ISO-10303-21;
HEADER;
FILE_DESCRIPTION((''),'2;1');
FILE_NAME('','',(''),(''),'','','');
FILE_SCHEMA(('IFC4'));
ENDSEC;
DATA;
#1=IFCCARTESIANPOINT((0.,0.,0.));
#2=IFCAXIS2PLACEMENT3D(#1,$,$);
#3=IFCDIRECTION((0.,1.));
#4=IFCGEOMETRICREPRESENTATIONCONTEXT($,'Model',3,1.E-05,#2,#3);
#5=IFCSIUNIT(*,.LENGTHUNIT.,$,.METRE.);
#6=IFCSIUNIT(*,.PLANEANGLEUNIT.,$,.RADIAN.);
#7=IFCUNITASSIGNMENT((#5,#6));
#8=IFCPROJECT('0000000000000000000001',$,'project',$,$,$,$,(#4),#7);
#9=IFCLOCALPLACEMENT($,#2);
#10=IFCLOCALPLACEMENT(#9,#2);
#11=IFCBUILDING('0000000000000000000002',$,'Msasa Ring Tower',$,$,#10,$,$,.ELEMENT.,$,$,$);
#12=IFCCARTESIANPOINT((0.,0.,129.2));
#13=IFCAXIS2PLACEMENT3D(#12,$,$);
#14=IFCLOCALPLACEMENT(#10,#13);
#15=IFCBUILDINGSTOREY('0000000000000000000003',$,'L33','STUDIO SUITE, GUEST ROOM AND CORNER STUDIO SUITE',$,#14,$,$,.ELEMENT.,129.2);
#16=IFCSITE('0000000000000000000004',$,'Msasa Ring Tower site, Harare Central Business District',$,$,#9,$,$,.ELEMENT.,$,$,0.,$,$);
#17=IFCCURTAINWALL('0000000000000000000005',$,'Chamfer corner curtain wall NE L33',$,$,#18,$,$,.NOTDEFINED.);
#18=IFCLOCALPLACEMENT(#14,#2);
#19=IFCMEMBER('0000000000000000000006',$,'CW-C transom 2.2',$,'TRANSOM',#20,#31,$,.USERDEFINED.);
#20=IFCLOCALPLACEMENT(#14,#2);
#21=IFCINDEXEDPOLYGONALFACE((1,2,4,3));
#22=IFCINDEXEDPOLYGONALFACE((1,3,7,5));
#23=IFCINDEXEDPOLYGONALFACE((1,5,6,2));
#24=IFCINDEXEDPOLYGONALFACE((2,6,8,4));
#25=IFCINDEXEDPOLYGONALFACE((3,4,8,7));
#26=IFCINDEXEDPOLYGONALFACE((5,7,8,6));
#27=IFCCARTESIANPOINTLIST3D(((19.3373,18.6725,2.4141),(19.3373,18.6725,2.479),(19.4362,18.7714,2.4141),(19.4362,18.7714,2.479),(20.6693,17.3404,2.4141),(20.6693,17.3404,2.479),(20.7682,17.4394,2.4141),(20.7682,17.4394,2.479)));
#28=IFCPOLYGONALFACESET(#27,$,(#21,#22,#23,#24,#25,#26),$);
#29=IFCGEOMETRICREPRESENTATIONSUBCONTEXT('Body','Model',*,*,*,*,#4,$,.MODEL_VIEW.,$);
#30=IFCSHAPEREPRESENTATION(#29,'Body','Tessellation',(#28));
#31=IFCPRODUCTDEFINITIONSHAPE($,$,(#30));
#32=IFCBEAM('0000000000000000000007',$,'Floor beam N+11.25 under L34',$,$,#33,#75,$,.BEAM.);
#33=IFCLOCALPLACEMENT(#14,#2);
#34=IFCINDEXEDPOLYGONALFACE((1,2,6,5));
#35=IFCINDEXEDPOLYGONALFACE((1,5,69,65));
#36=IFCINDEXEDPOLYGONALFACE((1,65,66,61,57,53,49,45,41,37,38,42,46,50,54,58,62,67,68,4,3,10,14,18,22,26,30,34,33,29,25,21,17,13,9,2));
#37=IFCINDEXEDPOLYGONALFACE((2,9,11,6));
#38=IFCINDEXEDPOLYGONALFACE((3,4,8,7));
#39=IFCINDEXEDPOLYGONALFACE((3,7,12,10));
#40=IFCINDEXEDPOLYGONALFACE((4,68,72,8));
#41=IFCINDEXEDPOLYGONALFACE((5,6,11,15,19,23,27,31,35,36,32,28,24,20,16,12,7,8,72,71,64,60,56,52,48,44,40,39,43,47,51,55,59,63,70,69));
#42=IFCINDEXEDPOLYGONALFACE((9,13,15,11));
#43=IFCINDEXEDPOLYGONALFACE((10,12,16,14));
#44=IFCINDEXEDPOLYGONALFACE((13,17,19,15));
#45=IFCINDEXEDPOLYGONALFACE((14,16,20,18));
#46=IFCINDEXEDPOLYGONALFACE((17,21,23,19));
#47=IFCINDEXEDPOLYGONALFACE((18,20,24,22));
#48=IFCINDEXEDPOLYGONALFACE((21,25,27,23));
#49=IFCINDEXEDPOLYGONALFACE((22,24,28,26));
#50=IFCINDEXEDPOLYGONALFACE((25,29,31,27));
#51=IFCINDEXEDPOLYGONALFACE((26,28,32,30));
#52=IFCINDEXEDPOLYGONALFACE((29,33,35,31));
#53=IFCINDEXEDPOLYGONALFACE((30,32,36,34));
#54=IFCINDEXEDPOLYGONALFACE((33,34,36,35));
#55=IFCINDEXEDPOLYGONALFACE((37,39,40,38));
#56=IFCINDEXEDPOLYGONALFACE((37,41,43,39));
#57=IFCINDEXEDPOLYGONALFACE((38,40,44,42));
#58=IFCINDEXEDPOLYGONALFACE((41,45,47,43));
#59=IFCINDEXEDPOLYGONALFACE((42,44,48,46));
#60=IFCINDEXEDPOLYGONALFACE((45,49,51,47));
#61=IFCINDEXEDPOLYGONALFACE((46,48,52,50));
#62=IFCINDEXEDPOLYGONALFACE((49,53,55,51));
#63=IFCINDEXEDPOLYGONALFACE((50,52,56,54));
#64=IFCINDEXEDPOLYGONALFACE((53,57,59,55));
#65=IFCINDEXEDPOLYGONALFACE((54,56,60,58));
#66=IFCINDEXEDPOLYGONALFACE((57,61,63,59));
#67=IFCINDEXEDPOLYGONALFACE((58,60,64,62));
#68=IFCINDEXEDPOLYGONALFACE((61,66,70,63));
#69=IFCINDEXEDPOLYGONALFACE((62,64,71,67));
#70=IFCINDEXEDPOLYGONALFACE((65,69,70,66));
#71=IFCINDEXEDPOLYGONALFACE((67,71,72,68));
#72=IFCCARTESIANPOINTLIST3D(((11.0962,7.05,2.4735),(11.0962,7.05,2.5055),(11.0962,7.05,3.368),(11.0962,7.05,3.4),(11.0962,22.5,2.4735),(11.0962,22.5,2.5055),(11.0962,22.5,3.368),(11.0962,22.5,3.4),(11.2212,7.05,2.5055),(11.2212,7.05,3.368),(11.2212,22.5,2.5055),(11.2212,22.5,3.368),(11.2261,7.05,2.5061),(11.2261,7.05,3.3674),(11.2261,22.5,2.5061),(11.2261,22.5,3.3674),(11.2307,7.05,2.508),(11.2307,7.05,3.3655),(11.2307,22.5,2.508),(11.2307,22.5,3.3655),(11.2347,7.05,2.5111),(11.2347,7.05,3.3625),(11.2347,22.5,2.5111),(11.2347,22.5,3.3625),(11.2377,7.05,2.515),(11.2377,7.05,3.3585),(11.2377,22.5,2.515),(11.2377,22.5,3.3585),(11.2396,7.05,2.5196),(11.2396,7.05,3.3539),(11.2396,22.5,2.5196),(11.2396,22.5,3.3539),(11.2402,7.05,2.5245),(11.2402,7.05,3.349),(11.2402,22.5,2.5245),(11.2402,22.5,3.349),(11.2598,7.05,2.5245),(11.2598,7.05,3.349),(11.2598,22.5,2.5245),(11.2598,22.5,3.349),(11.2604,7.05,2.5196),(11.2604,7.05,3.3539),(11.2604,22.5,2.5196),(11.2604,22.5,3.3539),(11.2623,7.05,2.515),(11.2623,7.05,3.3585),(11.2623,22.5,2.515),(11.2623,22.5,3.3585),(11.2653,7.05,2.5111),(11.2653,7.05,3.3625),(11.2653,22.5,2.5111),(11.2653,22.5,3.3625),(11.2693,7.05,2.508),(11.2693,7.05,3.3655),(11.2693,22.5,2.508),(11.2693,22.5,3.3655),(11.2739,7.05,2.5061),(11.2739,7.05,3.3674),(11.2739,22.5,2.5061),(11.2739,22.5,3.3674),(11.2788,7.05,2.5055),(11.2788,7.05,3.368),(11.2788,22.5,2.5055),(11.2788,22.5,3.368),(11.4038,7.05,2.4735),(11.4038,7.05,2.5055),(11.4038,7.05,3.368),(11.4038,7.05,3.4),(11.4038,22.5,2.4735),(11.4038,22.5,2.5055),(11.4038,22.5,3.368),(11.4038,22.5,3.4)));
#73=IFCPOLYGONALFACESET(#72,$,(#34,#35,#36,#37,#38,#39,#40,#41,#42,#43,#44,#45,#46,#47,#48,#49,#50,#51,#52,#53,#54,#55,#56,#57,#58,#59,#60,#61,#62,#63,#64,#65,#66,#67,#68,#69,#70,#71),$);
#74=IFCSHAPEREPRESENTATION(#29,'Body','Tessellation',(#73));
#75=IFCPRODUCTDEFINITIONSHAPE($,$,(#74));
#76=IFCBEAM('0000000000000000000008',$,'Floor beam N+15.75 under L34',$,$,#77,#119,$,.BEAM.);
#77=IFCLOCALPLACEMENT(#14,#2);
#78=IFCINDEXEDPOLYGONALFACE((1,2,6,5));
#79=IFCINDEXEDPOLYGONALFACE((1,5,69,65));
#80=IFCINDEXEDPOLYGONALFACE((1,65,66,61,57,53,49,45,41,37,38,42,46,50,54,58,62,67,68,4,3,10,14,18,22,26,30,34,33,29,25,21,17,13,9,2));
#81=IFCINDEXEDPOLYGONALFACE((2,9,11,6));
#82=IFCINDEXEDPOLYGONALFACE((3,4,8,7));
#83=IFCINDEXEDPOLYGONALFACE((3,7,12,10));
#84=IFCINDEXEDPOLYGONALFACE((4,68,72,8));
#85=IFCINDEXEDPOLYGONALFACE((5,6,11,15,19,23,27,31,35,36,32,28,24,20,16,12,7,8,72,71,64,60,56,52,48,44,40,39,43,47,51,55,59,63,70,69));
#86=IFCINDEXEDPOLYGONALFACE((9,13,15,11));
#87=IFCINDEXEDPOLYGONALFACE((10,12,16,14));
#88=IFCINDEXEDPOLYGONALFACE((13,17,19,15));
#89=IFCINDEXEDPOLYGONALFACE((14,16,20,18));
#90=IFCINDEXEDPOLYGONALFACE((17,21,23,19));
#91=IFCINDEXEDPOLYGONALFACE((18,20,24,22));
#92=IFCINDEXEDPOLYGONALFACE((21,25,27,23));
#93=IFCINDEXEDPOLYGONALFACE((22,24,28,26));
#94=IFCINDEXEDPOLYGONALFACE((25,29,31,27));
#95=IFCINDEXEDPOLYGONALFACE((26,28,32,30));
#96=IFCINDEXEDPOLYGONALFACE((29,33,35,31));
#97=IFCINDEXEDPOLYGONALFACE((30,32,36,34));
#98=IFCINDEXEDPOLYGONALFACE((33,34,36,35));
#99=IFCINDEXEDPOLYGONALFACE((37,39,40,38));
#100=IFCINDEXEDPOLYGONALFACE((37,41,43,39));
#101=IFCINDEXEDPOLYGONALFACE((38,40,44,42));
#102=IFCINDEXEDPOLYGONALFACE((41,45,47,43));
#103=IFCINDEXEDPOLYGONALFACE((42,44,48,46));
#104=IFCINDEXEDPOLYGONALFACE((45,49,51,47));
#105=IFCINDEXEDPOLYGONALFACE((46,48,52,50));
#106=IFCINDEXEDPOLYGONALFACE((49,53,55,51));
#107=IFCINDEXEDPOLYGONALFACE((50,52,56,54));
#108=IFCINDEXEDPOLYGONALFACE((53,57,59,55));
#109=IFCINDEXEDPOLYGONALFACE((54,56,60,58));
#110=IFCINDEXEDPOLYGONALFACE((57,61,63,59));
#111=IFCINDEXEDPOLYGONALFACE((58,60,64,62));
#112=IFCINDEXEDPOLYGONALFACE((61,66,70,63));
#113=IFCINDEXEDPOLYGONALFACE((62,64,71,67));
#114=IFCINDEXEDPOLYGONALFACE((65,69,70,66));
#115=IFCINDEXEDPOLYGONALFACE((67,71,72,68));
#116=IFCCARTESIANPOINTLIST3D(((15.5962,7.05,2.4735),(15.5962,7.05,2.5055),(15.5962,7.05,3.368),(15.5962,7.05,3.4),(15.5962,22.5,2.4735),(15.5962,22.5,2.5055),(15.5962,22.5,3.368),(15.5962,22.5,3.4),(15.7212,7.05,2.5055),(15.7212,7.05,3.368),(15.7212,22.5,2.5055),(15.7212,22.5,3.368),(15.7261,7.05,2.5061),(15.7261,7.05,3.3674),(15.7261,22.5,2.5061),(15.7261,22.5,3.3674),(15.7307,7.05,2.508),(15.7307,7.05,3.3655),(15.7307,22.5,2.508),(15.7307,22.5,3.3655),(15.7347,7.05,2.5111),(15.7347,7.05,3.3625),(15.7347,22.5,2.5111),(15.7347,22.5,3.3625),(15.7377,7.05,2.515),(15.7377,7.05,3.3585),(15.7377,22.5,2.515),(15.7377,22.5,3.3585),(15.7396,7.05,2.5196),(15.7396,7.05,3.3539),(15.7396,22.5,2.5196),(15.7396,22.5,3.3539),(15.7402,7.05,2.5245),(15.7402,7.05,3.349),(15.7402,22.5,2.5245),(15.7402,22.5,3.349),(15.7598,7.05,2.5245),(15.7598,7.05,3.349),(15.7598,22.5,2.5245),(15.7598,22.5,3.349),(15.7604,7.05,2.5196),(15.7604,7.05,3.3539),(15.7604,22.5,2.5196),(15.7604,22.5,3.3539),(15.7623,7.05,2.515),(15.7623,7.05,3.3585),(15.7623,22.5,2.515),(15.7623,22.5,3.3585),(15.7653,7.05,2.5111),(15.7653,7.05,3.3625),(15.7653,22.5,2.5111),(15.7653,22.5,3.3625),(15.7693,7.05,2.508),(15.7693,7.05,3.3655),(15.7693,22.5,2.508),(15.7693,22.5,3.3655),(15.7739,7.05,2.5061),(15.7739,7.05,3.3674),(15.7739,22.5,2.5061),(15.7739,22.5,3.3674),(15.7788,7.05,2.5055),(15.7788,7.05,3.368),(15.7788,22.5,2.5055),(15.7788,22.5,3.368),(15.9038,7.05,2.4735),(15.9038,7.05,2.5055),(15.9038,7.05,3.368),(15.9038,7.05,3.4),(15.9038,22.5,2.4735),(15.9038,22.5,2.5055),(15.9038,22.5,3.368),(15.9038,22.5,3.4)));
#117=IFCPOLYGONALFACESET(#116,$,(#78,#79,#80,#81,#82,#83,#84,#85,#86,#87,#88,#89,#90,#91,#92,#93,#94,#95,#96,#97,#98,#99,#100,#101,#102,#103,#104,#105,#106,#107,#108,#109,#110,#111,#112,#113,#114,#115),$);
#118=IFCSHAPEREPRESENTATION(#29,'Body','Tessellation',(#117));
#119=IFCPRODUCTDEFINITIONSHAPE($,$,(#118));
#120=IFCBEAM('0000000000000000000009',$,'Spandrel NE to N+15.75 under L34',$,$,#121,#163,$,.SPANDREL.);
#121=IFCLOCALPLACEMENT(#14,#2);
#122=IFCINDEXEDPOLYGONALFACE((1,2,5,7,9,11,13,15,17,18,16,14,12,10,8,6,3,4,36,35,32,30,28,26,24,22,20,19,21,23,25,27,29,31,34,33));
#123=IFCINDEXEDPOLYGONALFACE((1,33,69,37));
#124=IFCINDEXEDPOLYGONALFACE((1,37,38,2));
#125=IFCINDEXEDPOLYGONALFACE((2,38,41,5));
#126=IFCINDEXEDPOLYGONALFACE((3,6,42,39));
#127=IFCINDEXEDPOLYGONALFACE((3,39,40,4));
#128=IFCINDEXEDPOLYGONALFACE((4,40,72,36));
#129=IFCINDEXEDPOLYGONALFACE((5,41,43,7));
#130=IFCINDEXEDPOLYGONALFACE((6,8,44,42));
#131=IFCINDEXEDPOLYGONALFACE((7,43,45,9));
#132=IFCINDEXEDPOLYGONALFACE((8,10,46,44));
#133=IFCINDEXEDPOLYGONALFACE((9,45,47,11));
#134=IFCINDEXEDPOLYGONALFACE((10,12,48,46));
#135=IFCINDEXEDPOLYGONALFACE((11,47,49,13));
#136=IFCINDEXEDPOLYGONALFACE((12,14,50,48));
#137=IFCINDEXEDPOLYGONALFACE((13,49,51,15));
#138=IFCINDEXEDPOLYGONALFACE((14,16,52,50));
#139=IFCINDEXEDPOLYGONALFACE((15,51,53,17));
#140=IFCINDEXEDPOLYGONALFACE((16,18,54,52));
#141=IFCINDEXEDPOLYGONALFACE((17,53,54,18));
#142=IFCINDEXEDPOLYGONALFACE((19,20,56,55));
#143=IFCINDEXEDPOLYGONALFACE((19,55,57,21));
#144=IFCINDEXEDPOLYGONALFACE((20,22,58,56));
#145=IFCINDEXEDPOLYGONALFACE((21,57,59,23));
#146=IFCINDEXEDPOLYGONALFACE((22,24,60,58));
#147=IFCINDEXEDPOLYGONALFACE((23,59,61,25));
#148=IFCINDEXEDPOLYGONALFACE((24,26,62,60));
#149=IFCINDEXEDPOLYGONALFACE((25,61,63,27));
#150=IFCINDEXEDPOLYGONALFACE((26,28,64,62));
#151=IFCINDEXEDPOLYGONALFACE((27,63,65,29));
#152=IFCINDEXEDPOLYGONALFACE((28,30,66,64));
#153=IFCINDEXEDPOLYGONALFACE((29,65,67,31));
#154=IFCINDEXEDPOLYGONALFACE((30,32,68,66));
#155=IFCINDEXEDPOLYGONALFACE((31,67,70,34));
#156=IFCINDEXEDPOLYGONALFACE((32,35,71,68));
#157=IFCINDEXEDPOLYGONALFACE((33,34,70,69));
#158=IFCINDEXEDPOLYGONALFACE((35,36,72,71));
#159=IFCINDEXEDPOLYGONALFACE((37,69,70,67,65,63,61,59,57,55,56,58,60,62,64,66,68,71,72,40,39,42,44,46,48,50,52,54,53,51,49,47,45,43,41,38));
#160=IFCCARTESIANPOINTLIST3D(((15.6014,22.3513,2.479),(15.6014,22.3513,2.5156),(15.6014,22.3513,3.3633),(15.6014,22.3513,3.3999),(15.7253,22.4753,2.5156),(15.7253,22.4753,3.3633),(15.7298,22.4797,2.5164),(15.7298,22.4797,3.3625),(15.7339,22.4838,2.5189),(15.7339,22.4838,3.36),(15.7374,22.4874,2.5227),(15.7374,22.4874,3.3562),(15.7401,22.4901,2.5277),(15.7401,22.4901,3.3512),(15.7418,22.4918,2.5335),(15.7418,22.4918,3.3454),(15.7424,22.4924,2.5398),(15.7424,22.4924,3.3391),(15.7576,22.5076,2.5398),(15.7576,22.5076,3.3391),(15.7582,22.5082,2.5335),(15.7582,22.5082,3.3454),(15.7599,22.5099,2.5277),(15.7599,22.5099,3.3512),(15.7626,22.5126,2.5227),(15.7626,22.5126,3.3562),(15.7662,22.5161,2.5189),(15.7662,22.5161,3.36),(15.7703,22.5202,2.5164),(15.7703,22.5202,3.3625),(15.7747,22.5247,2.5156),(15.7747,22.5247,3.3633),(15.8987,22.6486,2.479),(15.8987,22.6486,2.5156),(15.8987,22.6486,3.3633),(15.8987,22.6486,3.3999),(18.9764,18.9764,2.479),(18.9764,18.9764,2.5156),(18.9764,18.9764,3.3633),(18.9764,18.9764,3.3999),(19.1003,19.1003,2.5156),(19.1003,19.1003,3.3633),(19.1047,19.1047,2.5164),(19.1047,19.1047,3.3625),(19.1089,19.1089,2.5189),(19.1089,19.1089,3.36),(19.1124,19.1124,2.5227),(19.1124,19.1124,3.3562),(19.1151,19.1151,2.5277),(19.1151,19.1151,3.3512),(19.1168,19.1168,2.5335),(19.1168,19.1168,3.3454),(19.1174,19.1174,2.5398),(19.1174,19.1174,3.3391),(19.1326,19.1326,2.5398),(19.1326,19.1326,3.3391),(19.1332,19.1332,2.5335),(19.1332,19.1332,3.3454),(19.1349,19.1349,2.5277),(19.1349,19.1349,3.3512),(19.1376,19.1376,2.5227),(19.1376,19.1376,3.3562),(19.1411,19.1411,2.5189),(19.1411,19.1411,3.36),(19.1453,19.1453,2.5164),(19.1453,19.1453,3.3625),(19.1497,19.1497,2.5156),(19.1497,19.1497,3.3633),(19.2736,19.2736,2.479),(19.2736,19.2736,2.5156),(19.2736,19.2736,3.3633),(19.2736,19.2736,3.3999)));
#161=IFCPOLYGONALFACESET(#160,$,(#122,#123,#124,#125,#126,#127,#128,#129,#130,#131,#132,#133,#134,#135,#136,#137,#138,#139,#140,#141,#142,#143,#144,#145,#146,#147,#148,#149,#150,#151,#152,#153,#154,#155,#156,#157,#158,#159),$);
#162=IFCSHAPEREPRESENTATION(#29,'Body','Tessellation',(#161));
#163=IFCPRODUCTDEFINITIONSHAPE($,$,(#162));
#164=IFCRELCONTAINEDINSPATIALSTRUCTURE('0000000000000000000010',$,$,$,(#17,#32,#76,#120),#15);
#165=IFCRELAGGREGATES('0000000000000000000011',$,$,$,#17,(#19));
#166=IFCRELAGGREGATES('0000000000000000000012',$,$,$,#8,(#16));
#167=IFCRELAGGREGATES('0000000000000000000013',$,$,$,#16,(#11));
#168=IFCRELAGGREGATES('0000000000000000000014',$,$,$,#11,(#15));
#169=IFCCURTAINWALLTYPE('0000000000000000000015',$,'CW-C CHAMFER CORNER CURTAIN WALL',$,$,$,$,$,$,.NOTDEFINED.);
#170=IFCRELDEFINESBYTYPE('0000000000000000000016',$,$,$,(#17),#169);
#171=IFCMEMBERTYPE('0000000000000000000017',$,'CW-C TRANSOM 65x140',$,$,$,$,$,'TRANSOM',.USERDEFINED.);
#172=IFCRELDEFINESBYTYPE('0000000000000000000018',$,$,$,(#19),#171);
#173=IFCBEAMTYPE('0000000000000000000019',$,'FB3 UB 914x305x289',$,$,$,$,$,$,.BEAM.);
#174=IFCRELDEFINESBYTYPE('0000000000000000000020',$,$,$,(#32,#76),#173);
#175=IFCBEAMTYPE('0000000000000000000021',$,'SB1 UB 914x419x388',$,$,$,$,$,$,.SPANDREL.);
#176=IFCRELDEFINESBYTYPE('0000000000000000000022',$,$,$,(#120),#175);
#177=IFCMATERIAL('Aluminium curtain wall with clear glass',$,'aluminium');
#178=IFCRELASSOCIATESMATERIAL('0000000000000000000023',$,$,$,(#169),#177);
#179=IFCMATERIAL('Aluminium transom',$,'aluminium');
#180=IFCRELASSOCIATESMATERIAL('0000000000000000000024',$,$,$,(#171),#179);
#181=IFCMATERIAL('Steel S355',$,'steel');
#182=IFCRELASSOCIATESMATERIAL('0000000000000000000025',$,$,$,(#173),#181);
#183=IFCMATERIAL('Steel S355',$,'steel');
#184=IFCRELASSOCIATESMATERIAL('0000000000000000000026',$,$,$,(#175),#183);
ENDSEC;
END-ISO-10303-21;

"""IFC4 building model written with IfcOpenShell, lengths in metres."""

from ifc_helpers import new_model, si_unit, direction, frame, origin, origin_2d, place, context, subcontext, project, spatial, rectangle, i_section, extrude, material, material_profile, profile_set, type_object, element, aggregate, save


model = new_model("IFC4")

# Units and contexts
model_context = context("Model", 3, precision=1e-05, world=origin(), true_north=direction((0.0, 1.0)))
body_context = subcontext(model_context, "Body", "Model", "MODEL_VIEW")
ifc_project = project(units=[si_unit("LENGTHUNIT", "METRE"), si_unit("PLANEANGLEUNIT", "RADIAN")], contexts=[model_context])

# Site, building, storey
site_placement = place(None, origin())
site = spatial("IfcSite", under=ifc_project, at=site_placement, Name="Msasa Ring Tower site, Harare Central Business District", CompositionType="ELEMENT", RefElevation=0.0)
building_placement = place(site_placement, origin())
building = spatial("IfcBuilding", under=site, at=building_placement, Name="Msasa Ring Tower", CompositionType="ELEMENT")
storey_placement = place(building_placement, frame((0.0, 0.0, 129.2)))
storey = spatial("IfcBuildingStorey", under=building, at=storey_placement, Name="L33", Description="STUDIO SUITE, GUEST ROOM AND CORNER STUDIO SUITE", CompositionType="ELEMENT", Elevation=129.2)

# Curtain wall
ifc_material_1 = material(Name="Aluminium curtain wall with clear glass", Category="aluminium")
curtain_wall_type = type_object("IfcCurtainWallType", Name="CW-C CHAMFER CORNER CURTAIN WALL", PredefinedType="NOTDEFINED", material=ifc_material_1)
curtain_wall_1_placement = place(storey_placement, origin())
curtain_wall_1 = element("IfcCurtainWall", 1, at=curtain_wall_1_placement, inside=storey, type_object=curtain_wall_type, Name="Chamfer corner curtain wall NE L33", PredefinedType="NOTDEFINED")

# Member
ifc_material_2 = material(Name="Aluminium transom", Category="aluminium")
ifc_material_profile_1 = material_profile(ifc_material_2, rectangle(XDim=0.1399, YDim=0.0649, at=origin_2d()), Name="AL 65x140")
ifc_profile_set_1 = profile_set([ifc_material_profile_1], Name="Aluminium transom")
member_type_1 = type_object("IfcMemberType", Name="CW-C TRANSOM 65x140", ElementType="TRANSOM", PredefinedType="USERDEFINED", material=ifc_profile_set_1)
member_1_placement = place(storey_placement, frame((20.7188, 17.3899, 2.4465), z_axis=(-0.707107, 0.707107, 0.0), x_axis=(-0.707107, -0.707107, 0.0)))
member_1 = element("IfcMember", 2, at=member_1_placement, type_object=member_type_1, Name="CW-C transom 2.2", ObjectType="TRANSOM", PredefinedType="USERDEFINED", context=body_context, shape_type="SweptSolid", body=[
    extrude(rectangle(XDim=0.1399, YDim=0.0649, at=origin_2d()), origin(), (0.0, 0.0, 1.0), 1.8838),
])

# Beams
ifc_material_3 = material(Name="Steel S355", Category="steel")
ifc_material_profile_2 = material_profile(ifc_material_3, i_section(OverallWidth=0.3076, OverallDepth=0.9265, WebThickness=0.0195, FlangeThickness=0.032, FilletRadius=0.019, at=origin_2d()), Name="UB 914x305x289")
ifc_profile_set_2 = profile_set([ifc_material_profile_2], Name="Steel S355")
beam_type_1 = type_object("IfcBeamType", Name="FB3 UB 914x305x289", PredefinedType="BEAM", material=ifc_profile_set_2)
for number, where, z_axis, x_axis, name in (
    (3, (11.25, 22.5, 2.9368), (0.0, -1.0, 0.0), (1.0, 0.0, 0.0), "Floor beam N+11.25 under L34"),
    (4, (15.75, 22.5, 2.9368), (0.0, -1.0, 0.0), (1.0, 0.0, 0.0), "Floor beam N+15.75 under L34"),
):
    element("IfcBeam", number, at=place(storey_placement, frame(where, z_axis=z_axis, x_axis=x_axis)), inside=storey, type_object=beam_type_1, Name=name, PredefinedType="BEAM", context=body_context, shape_type="SweptSolid", body=[
        extrude(i_section(OverallWidth=0.3076, OverallDepth=0.9265, WebThickness=0.0195, FlangeThickness=0.032, FilletRadius=0.019, at=origin_2d()), origin(), (0.0, 0.0, 1.0), 15.45),
    ])
ifc_material_4 = material(Name="Steel S355", Category="steel")
ifc_material_profile_3 = material_profile(ifc_material_4, i_section(OverallWidth=0.4204, OverallDepth=0.9209, WebThickness=0.0215, FlangeThickness=0.0366, FilletRadius=0.0242, at=origin_2d()), Name="UB 914x419x388")
ifc_profile_set_3 = profile_set([ifc_material_profile_3], Name="Steel S355")
beam_type_2 = type_object("IfcBeamType", Name="SB1 UB 914x419x388", PredefinedType="SPANDREL", material=ifc_profile_set_3)
beam_placement = place(storey_placement, frame((19.125, 19.125, 2.9395), z_axis=(-0.707107, 0.707107, 0.0), x_axis=(-0.707107, -0.707107, 0.0)))
element("IfcBeam", 5, at=beam_placement, inside=storey, type_object=beam_type_2, Name="Spandrel NE to N+15.75 under L34", PredefinedType="SPANDREL", context=body_context, shape_type="SweptSolid", body=[
    extrude(i_section(OverallWidth=0.4204, OverallDepth=0.9209, WebThickness=0.0215, FlangeThickness=0.0366, FilletRadius=0.0242, at=origin_2d()), origin(), (0.0, 0.0, 1.0), 4.7729),
])

aggregate(curtain_wall_1, [member_1])

save(model, "model.ifc")
